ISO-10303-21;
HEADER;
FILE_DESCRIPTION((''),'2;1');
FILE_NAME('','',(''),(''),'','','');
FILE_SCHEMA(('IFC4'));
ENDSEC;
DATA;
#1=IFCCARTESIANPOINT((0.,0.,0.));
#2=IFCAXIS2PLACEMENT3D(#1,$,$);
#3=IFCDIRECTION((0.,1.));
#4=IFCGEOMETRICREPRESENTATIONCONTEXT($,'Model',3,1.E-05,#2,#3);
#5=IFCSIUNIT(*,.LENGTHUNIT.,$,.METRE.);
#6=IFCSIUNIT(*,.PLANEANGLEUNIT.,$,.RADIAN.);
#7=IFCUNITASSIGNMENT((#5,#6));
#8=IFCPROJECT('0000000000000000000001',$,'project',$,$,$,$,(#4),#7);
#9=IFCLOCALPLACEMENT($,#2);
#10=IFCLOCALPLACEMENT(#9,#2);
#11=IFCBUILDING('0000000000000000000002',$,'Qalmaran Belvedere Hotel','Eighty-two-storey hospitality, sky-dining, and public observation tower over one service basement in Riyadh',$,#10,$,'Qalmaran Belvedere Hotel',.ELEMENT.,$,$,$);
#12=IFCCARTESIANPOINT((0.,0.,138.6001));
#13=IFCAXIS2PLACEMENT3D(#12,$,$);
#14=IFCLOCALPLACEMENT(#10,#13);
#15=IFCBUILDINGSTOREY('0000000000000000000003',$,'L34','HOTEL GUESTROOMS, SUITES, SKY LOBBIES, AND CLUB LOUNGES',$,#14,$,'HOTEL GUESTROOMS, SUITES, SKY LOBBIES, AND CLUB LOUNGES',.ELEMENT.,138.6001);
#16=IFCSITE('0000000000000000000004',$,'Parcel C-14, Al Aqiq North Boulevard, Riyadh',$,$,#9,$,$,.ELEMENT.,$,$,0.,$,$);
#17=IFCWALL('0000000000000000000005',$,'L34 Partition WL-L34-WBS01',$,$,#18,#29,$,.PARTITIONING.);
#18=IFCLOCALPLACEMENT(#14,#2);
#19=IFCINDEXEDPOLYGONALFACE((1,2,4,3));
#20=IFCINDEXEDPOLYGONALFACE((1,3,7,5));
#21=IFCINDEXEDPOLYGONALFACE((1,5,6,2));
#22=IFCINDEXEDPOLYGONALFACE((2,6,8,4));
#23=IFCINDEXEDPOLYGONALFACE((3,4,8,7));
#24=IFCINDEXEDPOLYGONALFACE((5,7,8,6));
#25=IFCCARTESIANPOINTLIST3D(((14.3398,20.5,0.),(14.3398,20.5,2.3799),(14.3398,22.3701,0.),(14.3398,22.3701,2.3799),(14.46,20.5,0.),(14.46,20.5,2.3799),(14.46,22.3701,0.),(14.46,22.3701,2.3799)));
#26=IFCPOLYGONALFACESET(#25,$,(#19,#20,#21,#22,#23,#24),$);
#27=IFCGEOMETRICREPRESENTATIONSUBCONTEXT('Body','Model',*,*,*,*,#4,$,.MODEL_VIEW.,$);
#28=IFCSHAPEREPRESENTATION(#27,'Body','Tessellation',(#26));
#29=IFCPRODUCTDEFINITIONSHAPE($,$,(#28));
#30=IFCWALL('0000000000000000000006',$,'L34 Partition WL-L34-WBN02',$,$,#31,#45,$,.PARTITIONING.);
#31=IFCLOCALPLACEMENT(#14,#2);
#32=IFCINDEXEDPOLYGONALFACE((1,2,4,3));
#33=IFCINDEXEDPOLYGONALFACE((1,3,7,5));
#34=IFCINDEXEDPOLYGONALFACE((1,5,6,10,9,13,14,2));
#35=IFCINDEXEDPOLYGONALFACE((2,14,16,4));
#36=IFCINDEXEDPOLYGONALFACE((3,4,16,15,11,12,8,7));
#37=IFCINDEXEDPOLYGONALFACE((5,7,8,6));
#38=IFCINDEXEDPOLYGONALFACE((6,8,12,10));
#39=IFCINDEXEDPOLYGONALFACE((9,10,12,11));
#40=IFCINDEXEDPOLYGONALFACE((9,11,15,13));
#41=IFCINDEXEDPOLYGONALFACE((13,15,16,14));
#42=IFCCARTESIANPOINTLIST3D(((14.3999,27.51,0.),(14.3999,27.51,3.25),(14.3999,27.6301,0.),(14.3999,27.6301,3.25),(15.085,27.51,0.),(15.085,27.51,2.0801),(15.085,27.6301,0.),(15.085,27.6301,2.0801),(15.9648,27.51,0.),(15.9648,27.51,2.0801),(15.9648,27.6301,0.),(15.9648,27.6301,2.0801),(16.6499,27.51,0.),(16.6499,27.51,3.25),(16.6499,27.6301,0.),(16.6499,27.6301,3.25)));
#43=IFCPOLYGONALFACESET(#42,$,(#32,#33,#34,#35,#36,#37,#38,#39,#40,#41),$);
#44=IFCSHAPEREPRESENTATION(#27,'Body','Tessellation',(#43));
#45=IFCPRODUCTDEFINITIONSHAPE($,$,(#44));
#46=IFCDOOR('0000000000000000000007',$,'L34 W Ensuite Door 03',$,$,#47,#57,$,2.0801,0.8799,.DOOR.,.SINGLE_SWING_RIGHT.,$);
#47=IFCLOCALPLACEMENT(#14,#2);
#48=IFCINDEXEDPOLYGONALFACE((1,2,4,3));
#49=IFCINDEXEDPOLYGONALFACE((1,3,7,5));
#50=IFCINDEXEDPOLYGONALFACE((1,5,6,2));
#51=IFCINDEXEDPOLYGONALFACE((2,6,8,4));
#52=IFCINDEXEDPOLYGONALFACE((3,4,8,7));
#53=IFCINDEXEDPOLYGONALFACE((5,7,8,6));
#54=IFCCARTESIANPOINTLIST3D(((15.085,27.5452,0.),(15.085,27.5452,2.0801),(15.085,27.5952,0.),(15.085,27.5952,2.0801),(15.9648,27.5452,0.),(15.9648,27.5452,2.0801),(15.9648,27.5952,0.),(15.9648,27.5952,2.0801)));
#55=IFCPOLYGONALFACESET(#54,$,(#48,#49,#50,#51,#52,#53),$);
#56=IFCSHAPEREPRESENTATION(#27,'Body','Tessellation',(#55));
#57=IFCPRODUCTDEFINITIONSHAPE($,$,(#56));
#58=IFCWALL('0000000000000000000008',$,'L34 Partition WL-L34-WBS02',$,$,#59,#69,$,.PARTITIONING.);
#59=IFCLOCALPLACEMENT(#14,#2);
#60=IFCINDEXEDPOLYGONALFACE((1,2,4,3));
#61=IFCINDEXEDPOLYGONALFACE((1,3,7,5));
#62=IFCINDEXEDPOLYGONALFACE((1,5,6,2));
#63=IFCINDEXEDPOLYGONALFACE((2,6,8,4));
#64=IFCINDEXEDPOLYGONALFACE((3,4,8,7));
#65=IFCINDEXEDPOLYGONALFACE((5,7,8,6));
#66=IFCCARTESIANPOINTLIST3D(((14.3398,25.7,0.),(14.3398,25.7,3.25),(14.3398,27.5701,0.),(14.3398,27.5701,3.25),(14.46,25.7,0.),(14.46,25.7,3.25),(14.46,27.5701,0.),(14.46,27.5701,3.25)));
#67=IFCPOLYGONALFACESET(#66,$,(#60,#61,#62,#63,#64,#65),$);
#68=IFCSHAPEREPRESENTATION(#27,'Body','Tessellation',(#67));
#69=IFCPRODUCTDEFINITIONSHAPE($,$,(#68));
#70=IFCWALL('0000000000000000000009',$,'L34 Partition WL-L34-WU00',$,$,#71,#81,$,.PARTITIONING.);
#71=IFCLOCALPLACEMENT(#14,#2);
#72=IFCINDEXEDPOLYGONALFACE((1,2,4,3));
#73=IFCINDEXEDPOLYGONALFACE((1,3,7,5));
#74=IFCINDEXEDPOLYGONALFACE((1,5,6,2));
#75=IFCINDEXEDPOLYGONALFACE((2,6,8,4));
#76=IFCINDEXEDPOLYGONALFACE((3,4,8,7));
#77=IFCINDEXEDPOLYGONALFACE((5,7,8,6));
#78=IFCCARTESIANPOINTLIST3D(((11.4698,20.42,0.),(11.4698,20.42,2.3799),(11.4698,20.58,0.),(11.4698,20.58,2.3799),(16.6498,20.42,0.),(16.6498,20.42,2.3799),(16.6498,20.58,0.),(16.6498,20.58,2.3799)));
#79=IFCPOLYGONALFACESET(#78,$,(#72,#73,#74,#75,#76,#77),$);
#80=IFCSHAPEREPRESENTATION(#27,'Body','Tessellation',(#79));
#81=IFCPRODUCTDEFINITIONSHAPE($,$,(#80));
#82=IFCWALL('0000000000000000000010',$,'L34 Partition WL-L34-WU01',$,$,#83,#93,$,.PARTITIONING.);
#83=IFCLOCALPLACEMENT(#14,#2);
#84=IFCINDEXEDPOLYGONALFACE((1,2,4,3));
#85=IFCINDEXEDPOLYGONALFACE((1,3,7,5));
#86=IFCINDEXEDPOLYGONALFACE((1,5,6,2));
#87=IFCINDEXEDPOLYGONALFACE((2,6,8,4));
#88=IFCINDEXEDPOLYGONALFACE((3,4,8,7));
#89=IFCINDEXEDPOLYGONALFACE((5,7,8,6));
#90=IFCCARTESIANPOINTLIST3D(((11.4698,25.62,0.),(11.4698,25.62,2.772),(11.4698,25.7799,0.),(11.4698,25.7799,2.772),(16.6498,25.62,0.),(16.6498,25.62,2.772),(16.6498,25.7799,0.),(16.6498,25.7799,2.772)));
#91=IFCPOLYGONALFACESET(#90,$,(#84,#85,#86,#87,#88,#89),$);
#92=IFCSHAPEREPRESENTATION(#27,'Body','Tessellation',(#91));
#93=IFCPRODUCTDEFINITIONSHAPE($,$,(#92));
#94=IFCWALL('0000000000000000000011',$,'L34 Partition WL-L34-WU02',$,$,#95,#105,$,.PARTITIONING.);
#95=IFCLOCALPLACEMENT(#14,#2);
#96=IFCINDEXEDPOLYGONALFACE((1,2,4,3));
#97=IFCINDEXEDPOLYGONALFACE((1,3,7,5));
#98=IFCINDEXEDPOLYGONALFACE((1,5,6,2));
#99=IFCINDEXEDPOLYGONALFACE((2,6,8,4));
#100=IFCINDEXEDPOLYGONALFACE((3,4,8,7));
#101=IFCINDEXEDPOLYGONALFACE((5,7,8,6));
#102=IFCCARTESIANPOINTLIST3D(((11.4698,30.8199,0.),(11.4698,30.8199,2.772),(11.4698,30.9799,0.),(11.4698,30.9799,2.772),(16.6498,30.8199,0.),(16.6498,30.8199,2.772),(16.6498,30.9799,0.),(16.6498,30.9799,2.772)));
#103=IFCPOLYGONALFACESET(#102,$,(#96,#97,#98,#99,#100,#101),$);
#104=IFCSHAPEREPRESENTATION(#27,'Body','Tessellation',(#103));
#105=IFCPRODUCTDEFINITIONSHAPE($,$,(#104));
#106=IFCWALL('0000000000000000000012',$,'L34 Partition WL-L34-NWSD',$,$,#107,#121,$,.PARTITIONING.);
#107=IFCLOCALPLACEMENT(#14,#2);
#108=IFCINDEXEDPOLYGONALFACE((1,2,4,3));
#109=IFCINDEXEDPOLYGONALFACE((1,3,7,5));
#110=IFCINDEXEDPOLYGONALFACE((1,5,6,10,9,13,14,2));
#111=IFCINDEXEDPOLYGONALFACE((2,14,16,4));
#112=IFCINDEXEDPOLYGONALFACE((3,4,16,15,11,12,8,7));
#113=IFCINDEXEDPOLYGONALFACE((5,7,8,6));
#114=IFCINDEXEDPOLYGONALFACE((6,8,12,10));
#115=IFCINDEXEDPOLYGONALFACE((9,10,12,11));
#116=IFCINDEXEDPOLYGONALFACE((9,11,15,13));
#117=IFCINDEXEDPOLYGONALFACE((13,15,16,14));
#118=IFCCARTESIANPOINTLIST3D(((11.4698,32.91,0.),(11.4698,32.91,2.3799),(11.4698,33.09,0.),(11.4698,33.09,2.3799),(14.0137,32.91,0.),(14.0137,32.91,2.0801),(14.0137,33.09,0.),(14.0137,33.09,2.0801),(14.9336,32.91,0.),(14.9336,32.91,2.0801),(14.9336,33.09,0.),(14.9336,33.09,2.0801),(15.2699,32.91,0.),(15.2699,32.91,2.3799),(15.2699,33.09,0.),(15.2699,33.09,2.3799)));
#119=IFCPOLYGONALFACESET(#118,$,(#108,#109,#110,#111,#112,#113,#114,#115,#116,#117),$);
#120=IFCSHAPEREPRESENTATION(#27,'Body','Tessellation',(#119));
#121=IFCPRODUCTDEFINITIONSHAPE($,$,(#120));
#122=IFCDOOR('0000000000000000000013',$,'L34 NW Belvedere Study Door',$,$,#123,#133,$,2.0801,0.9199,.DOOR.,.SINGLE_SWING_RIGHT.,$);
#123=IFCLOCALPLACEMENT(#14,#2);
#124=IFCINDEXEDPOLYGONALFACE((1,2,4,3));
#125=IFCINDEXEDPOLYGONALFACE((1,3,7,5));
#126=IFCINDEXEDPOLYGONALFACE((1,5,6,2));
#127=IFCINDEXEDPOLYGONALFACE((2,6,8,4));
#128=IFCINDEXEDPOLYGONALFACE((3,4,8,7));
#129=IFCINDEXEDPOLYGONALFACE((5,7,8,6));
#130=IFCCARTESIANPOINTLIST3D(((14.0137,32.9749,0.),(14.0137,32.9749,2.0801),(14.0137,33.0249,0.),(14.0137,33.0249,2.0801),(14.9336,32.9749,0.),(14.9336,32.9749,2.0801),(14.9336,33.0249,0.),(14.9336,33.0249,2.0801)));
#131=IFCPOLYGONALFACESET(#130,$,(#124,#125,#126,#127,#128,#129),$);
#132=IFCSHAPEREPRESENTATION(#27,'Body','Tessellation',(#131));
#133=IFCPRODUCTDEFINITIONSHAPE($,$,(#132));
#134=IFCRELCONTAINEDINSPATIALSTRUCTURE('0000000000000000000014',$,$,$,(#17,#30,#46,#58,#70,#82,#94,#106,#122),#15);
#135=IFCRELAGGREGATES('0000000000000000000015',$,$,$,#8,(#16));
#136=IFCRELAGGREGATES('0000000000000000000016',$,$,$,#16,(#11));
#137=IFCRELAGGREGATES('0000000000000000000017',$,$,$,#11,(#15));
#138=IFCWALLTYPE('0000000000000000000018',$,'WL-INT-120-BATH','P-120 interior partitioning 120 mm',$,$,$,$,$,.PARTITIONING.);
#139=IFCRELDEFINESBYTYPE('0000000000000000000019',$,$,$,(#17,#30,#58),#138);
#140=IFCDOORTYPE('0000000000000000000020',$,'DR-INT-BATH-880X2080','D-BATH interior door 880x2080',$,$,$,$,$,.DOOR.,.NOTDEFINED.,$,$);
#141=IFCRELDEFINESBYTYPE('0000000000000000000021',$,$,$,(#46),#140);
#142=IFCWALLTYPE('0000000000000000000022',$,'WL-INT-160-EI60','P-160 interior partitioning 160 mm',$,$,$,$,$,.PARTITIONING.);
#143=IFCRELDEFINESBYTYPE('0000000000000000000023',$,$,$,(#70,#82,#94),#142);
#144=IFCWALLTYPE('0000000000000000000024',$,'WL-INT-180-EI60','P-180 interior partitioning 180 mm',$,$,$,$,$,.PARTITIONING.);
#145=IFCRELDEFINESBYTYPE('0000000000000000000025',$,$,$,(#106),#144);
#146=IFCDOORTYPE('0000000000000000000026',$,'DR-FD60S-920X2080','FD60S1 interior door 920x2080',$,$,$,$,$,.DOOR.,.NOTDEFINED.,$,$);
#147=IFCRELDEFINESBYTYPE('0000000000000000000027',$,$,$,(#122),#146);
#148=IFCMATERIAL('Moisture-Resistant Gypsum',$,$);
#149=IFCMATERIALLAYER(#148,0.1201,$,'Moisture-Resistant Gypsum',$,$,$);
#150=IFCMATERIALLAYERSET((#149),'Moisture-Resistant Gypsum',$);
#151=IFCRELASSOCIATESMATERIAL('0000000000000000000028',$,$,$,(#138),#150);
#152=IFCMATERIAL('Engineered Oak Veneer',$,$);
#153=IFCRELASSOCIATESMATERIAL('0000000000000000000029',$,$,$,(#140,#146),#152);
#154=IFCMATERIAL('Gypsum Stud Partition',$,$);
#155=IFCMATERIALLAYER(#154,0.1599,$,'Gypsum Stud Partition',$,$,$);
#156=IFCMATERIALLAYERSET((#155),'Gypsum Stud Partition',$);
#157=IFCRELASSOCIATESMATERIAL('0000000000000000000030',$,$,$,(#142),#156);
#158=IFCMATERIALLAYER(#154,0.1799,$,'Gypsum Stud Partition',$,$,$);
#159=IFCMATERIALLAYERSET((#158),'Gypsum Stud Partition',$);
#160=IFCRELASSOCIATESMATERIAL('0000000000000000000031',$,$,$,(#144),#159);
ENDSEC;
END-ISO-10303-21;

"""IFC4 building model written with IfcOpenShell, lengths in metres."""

from ifc_helpers import new_model, si_unit, direction, frame, frame_2d, origin, place, context, subcontext, project, spatial, rectangle, extrude, material, layer, layer_set, type_object, element, fill, save


model = new_model("IFC4")

# Units and contexts
model_context = context("Model", 3, precision=1e-05, world=origin(), true_north=direction((0.0, 1.0)))
body_context = subcontext(model_context, "Body", "Model", "MODEL_VIEW")
ifc_project = project(units=[si_unit("LENGTHUNIT", "METRE"), si_unit("PLANEANGLEUNIT", "RADIAN")], contexts=[model_context])

# Site, building, storey
site_placement = place(None, origin())
site = spatial("IfcSite", under=ifc_project, at=site_placement, Name="Parcel C-14, Al Aqiq North Boulevard, Riyadh", CompositionType="ELEMENT", RefElevation=0.0)
building_placement = place(site_placement, origin())
building = spatial("IfcBuilding", under=site, at=building_placement, Name="Qalmaran Belvedere Hotel", Description="Eighty-two-storey hospitality, sky-dining, and public observation tower over one service basement in Riyadh", LongName="Qalmaran Belvedere Hotel", CompositionType="ELEMENT")
storey_placement = place(building_placement, frame((0.0, 0.0, 138.6001)))
storey = spatial("IfcBuildingStorey", under=building, at=storey_placement, Name="L34", Description="HOTEL GUESTROOMS, SUITES, SKY LOBBIES, AND CLUB LOUNGES", LongName="HOTEL GUESTROOMS, SUITES, SKY LOBBIES, AND CLUB LOUNGES", CompositionType="ELEMENT", Elevation=138.6001)

# Shared definitions
ifc_material_1 = material(Name="Moisture-Resistant Gypsum")
ifc_layer_1 = layer(ifc_material_1, 0.1201, Name="Moisture-Resistant Gypsum")
ifc_layer_set_1 = layer_set([ifc_layer_1], Name="Moisture-Resistant Gypsum")
wall_type_1 = type_object("IfcWallType", Name="WL-INT-120-BATH", Description="P-120 interior partitioning 120 mm", PredefinedType="PARTITIONING", material=ifc_layer_set_1)
ifc_material_2 = material(Name="Engineered Oak Veneer")
door_type_1 = type_object("IfcDoorType", Name="DR-INT-BATH-880X2080", Description="D-BATH interior door 880x2080", OperationType="NOTDEFINED", PredefinedType="DOOR", material=ifc_material_2)

# Wall
wall_1_placement = place(storey_placement, frame((14.3999, 20.5, 0.0), z_axis=(0.0, 0.0, 1.0), x_axis=(0.0, 1.0, 0.0)))
element("IfcWall", 1, at=wall_1_placement, inside=storey, type_object=wall_type_1, Name="L34 Partition WL-L34-WBS01", PredefinedType="PARTITIONING", context=body_context, shape_type="SweptSolid", body=[
    extrude(rectangle(XDim=1.8701, YDim=0.1201, at=frame_2d((0.9351, 0.0))), origin(), (0.0, 0.0, 1.0), 2.3799),
])

# Wall, opening, door
wall_2_placement = place(storey_placement, frame((14.3999, 27.5701, 0.0), z_axis=(0.0, 0.0, 1.0), x_axis=(1.0, 0.0, 0.0)))
wall_2 = element("IfcWall", 2, at=wall_2_placement, inside=storey, type_object=wall_type_1, Name="L34 Partition WL-L34-WBN02", PredefinedType="PARTITIONING", context=body_context, shape_type="SweptSolid", body=[
    extrude(rectangle(XDim=2.25, YDim=0.1201, at=frame_2d((1.125, 0.0))), origin(), (0.0, 0.0, 1.0), 3.25),
])
opening_1_placement = place(wall_2_placement, frame((1.5649, 0.0, 0.0), z_axis=(0.0, 0.0, 1.0), x_axis=(-1.0, 0.0, 0.0)))
opening_1 = element("IfcOpeningElement", 3, at=opening_1_placement, cuts=wall_2, PredefinedType="OPENING", context=body_context, shape_type="SweptSolid", body=[
    extrude(rectangle(XDim=0.8799, YDim=2.0801, at=frame_2d((0.4399, 1.04))), frame((0.0, 0.0701, 0.0), z_axis=(0.0, -1.0, 0.0), x_axis=(1.0, 0.0, 0.0)), (0.0, 0.0, 1.0), 0.1401),
])
door_1_placement = place(opening_1_placement, origin())
door_1 = element("IfcDoor", 4, at=door_1_placement, inside=storey, type_object=door_type_1, Name="L34 W Ensuite Door 03", OperationType="SINGLE_SWING_RIGHT", OverallHeight=2.0801, OverallWidth=0.8799, PredefinedType="DOOR", context=body_context, shape_type="SweptSolid", body=[
    extrude(rectangle(XDim=0.8799, YDim=2.0801, at=frame_2d((0.4399, 1.04))), frame((0.0, 0.0249, 0.0), z_axis=(0.0, -1.0, 0.0), x_axis=(1.0, 0.0, 0.0)), (0.0, 0.0, 1.0), 0.05),
])
fill(opening_1, door_1)

# Walls
wall_3_placement = place(storey_placement, frame((14.3999, 25.7, 0.0), z_axis=(0.0, 0.0, 1.0), x_axis=(0.0, 1.0, 0.0)))
element("IfcWall", 5, at=wall_3_placement, inside=storey, type_object=wall_type_1, Name="L34 Partition WL-L34-WBS02", PredefinedType="PARTITIONING", context=body_context, shape_type="SweptSolid", body=[
    extrude(rectangle(XDim=1.8701, YDim=0.1201, at=frame_2d((0.9351, 0.0))), origin(), (0.0, 0.0, 1.0), 3.25),
])
ifc_material_3 = material(Name="Gypsum Stud Partition")
ifc_layer_2 = layer(ifc_material_3, 0.1599, Name="Gypsum Stud Partition")
ifc_layer_set_2 = layer_set([ifc_layer_2], Name="Gypsum Stud Partition")
wall_type_2 = type_object("IfcWallType", Name="WL-INT-160-EI60", Description="P-160 interior partitioning 160 mm", PredefinedType="PARTITIONING", material=ifc_layer_set_2)
wall_4_placement = place(storey_placement, frame((11.47, 20.5, 0.0), z_axis=(0.0, 0.0, 1.0), x_axis=(1.0, 0.0, 0.0)))
element("IfcWall", 6, at=wall_4_placement, inside=storey, type_object=wall_type_2, Name="L34 Partition WL-L34-WU00", PredefinedType="PARTITIONING", context=body_context, shape_type="SweptSolid", body=[
    extrude(rectangle(XDim=5.1799, YDim=0.1599, at=frame_2d((2.5898, 0.0))), origin(), (0.0, 0.0, 1.0), 2.3799),
])
for number, where, z_axis, x_axis, name in (
    (7, (11.47, 25.7, 0.0), (0.0, 0.0, 1.0), (1.0, 0.0, 0.0), "L34 Partition WL-L34-WU01"),
    (8, (11.47, 30.8999, 0.0), (0.0, 0.0, 1.0), (1.0, 0.0, 0.0), "L34 Partition WL-L34-WU02"),
):
    element("IfcWall", number, at=place(storey_placement, frame(where, z_axis=z_axis, x_axis=x_axis)), inside=storey, type_object=wall_type_2, Name=name, PredefinedType="PARTITIONING", context=body_context, shape_type="SweptSolid", body=[
        extrude(rectangle(XDim=5.1799, YDim=0.1599, at=frame_2d((2.5898, 0.0))), origin(), (0.0, 0.0, 1.0), 2.772),
    ])

# Wall, opening, door
ifc_layer_3 = layer(ifc_material_3, 0.1799, Name="Gypsum Stud Partition")
ifc_layer_set_3 = layer_set([ifc_layer_3], Name="Gypsum Stud Partition")
wall_type_3 = type_object("IfcWallType", Name="WL-INT-180-EI60", Description="P-180 interior partitioning 180 mm", PredefinedType="PARTITIONING", material=ifc_layer_set_3)
wall_5_placement = place(storey_placement, frame((11.47, 33.0, 0.0), z_axis=(0.0, 0.0, 1.0), x_axis=(1.0, 0.0, 0.0)))
wall_5 = element("IfcWall", 9, at=wall_5_placement, inside=storey, type_object=wall_type_3, Name="L34 Partition WL-L34-NWSD", PredefinedType="PARTITIONING", context=body_context, shape_type="SweptSolid", body=[
    extrude(rectangle(XDim=3.8, YDim=0.1799, at=frame_2d((1.8999, 0.0))), origin(), (0.0, 0.0, 1.0), 2.3799),
])
opening_2_placement = place(wall_5_placement, frame((2.5437, 0.0, 0.0)))
opening_2 = element("IfcOpeningElement", 10, at=opening_2_placement, cuts=wall_5, PredefinedType="OPENING", context=body_context, shape_type="SweptSolid", body=[
    extrude(rectangle(XDim=0.9199, YDim=2.0801, at=frame_2d((0.46, 1.04))), frame((0.0, 0.1001, 0.0), z_axis=(0.0, -1.0, 0.0), x_axis=(1.0, 0.0, 0.0)), (0.0, 0.0, 1.0), 0.2),
])
door_type_2 = type_object("IfcDoorType", Name="DR-FD60S-920X2080", Description="FD60S1 interior door 920x2080", OperationType="NOTDEFINED", PredefinedType="DOOR", material=ifc_material_2)
door_2_placement = place(opening_2_placement, origin())
door_2 = element("IfcDoor", 11, at=door_2_placement, inside=storey, type_object=door_type_2, Name="L34 NW Belvedere Study Door", OperationType="SINGLE_SWING_RIGHT", OverallHeight=2.0801, OverallWidth=0.9199, PredefinedType="DOOR", context=body_context, shape_type="SweptSolid", body=[
    extrude(rectangle(XDim=0.9199, YDim=2.0801, at=frame_2d((0.46, 1.04))), frame((0.0, 0.0249, 0.0), z_axis=(0.0, -1.0, 0.0), x_axis=(1.0, 0.0, 0.0)), (0.0, 0.0, 1.0), 0.05),
])
fill(opening_2, door_2)

save(model, "model.ifc")
